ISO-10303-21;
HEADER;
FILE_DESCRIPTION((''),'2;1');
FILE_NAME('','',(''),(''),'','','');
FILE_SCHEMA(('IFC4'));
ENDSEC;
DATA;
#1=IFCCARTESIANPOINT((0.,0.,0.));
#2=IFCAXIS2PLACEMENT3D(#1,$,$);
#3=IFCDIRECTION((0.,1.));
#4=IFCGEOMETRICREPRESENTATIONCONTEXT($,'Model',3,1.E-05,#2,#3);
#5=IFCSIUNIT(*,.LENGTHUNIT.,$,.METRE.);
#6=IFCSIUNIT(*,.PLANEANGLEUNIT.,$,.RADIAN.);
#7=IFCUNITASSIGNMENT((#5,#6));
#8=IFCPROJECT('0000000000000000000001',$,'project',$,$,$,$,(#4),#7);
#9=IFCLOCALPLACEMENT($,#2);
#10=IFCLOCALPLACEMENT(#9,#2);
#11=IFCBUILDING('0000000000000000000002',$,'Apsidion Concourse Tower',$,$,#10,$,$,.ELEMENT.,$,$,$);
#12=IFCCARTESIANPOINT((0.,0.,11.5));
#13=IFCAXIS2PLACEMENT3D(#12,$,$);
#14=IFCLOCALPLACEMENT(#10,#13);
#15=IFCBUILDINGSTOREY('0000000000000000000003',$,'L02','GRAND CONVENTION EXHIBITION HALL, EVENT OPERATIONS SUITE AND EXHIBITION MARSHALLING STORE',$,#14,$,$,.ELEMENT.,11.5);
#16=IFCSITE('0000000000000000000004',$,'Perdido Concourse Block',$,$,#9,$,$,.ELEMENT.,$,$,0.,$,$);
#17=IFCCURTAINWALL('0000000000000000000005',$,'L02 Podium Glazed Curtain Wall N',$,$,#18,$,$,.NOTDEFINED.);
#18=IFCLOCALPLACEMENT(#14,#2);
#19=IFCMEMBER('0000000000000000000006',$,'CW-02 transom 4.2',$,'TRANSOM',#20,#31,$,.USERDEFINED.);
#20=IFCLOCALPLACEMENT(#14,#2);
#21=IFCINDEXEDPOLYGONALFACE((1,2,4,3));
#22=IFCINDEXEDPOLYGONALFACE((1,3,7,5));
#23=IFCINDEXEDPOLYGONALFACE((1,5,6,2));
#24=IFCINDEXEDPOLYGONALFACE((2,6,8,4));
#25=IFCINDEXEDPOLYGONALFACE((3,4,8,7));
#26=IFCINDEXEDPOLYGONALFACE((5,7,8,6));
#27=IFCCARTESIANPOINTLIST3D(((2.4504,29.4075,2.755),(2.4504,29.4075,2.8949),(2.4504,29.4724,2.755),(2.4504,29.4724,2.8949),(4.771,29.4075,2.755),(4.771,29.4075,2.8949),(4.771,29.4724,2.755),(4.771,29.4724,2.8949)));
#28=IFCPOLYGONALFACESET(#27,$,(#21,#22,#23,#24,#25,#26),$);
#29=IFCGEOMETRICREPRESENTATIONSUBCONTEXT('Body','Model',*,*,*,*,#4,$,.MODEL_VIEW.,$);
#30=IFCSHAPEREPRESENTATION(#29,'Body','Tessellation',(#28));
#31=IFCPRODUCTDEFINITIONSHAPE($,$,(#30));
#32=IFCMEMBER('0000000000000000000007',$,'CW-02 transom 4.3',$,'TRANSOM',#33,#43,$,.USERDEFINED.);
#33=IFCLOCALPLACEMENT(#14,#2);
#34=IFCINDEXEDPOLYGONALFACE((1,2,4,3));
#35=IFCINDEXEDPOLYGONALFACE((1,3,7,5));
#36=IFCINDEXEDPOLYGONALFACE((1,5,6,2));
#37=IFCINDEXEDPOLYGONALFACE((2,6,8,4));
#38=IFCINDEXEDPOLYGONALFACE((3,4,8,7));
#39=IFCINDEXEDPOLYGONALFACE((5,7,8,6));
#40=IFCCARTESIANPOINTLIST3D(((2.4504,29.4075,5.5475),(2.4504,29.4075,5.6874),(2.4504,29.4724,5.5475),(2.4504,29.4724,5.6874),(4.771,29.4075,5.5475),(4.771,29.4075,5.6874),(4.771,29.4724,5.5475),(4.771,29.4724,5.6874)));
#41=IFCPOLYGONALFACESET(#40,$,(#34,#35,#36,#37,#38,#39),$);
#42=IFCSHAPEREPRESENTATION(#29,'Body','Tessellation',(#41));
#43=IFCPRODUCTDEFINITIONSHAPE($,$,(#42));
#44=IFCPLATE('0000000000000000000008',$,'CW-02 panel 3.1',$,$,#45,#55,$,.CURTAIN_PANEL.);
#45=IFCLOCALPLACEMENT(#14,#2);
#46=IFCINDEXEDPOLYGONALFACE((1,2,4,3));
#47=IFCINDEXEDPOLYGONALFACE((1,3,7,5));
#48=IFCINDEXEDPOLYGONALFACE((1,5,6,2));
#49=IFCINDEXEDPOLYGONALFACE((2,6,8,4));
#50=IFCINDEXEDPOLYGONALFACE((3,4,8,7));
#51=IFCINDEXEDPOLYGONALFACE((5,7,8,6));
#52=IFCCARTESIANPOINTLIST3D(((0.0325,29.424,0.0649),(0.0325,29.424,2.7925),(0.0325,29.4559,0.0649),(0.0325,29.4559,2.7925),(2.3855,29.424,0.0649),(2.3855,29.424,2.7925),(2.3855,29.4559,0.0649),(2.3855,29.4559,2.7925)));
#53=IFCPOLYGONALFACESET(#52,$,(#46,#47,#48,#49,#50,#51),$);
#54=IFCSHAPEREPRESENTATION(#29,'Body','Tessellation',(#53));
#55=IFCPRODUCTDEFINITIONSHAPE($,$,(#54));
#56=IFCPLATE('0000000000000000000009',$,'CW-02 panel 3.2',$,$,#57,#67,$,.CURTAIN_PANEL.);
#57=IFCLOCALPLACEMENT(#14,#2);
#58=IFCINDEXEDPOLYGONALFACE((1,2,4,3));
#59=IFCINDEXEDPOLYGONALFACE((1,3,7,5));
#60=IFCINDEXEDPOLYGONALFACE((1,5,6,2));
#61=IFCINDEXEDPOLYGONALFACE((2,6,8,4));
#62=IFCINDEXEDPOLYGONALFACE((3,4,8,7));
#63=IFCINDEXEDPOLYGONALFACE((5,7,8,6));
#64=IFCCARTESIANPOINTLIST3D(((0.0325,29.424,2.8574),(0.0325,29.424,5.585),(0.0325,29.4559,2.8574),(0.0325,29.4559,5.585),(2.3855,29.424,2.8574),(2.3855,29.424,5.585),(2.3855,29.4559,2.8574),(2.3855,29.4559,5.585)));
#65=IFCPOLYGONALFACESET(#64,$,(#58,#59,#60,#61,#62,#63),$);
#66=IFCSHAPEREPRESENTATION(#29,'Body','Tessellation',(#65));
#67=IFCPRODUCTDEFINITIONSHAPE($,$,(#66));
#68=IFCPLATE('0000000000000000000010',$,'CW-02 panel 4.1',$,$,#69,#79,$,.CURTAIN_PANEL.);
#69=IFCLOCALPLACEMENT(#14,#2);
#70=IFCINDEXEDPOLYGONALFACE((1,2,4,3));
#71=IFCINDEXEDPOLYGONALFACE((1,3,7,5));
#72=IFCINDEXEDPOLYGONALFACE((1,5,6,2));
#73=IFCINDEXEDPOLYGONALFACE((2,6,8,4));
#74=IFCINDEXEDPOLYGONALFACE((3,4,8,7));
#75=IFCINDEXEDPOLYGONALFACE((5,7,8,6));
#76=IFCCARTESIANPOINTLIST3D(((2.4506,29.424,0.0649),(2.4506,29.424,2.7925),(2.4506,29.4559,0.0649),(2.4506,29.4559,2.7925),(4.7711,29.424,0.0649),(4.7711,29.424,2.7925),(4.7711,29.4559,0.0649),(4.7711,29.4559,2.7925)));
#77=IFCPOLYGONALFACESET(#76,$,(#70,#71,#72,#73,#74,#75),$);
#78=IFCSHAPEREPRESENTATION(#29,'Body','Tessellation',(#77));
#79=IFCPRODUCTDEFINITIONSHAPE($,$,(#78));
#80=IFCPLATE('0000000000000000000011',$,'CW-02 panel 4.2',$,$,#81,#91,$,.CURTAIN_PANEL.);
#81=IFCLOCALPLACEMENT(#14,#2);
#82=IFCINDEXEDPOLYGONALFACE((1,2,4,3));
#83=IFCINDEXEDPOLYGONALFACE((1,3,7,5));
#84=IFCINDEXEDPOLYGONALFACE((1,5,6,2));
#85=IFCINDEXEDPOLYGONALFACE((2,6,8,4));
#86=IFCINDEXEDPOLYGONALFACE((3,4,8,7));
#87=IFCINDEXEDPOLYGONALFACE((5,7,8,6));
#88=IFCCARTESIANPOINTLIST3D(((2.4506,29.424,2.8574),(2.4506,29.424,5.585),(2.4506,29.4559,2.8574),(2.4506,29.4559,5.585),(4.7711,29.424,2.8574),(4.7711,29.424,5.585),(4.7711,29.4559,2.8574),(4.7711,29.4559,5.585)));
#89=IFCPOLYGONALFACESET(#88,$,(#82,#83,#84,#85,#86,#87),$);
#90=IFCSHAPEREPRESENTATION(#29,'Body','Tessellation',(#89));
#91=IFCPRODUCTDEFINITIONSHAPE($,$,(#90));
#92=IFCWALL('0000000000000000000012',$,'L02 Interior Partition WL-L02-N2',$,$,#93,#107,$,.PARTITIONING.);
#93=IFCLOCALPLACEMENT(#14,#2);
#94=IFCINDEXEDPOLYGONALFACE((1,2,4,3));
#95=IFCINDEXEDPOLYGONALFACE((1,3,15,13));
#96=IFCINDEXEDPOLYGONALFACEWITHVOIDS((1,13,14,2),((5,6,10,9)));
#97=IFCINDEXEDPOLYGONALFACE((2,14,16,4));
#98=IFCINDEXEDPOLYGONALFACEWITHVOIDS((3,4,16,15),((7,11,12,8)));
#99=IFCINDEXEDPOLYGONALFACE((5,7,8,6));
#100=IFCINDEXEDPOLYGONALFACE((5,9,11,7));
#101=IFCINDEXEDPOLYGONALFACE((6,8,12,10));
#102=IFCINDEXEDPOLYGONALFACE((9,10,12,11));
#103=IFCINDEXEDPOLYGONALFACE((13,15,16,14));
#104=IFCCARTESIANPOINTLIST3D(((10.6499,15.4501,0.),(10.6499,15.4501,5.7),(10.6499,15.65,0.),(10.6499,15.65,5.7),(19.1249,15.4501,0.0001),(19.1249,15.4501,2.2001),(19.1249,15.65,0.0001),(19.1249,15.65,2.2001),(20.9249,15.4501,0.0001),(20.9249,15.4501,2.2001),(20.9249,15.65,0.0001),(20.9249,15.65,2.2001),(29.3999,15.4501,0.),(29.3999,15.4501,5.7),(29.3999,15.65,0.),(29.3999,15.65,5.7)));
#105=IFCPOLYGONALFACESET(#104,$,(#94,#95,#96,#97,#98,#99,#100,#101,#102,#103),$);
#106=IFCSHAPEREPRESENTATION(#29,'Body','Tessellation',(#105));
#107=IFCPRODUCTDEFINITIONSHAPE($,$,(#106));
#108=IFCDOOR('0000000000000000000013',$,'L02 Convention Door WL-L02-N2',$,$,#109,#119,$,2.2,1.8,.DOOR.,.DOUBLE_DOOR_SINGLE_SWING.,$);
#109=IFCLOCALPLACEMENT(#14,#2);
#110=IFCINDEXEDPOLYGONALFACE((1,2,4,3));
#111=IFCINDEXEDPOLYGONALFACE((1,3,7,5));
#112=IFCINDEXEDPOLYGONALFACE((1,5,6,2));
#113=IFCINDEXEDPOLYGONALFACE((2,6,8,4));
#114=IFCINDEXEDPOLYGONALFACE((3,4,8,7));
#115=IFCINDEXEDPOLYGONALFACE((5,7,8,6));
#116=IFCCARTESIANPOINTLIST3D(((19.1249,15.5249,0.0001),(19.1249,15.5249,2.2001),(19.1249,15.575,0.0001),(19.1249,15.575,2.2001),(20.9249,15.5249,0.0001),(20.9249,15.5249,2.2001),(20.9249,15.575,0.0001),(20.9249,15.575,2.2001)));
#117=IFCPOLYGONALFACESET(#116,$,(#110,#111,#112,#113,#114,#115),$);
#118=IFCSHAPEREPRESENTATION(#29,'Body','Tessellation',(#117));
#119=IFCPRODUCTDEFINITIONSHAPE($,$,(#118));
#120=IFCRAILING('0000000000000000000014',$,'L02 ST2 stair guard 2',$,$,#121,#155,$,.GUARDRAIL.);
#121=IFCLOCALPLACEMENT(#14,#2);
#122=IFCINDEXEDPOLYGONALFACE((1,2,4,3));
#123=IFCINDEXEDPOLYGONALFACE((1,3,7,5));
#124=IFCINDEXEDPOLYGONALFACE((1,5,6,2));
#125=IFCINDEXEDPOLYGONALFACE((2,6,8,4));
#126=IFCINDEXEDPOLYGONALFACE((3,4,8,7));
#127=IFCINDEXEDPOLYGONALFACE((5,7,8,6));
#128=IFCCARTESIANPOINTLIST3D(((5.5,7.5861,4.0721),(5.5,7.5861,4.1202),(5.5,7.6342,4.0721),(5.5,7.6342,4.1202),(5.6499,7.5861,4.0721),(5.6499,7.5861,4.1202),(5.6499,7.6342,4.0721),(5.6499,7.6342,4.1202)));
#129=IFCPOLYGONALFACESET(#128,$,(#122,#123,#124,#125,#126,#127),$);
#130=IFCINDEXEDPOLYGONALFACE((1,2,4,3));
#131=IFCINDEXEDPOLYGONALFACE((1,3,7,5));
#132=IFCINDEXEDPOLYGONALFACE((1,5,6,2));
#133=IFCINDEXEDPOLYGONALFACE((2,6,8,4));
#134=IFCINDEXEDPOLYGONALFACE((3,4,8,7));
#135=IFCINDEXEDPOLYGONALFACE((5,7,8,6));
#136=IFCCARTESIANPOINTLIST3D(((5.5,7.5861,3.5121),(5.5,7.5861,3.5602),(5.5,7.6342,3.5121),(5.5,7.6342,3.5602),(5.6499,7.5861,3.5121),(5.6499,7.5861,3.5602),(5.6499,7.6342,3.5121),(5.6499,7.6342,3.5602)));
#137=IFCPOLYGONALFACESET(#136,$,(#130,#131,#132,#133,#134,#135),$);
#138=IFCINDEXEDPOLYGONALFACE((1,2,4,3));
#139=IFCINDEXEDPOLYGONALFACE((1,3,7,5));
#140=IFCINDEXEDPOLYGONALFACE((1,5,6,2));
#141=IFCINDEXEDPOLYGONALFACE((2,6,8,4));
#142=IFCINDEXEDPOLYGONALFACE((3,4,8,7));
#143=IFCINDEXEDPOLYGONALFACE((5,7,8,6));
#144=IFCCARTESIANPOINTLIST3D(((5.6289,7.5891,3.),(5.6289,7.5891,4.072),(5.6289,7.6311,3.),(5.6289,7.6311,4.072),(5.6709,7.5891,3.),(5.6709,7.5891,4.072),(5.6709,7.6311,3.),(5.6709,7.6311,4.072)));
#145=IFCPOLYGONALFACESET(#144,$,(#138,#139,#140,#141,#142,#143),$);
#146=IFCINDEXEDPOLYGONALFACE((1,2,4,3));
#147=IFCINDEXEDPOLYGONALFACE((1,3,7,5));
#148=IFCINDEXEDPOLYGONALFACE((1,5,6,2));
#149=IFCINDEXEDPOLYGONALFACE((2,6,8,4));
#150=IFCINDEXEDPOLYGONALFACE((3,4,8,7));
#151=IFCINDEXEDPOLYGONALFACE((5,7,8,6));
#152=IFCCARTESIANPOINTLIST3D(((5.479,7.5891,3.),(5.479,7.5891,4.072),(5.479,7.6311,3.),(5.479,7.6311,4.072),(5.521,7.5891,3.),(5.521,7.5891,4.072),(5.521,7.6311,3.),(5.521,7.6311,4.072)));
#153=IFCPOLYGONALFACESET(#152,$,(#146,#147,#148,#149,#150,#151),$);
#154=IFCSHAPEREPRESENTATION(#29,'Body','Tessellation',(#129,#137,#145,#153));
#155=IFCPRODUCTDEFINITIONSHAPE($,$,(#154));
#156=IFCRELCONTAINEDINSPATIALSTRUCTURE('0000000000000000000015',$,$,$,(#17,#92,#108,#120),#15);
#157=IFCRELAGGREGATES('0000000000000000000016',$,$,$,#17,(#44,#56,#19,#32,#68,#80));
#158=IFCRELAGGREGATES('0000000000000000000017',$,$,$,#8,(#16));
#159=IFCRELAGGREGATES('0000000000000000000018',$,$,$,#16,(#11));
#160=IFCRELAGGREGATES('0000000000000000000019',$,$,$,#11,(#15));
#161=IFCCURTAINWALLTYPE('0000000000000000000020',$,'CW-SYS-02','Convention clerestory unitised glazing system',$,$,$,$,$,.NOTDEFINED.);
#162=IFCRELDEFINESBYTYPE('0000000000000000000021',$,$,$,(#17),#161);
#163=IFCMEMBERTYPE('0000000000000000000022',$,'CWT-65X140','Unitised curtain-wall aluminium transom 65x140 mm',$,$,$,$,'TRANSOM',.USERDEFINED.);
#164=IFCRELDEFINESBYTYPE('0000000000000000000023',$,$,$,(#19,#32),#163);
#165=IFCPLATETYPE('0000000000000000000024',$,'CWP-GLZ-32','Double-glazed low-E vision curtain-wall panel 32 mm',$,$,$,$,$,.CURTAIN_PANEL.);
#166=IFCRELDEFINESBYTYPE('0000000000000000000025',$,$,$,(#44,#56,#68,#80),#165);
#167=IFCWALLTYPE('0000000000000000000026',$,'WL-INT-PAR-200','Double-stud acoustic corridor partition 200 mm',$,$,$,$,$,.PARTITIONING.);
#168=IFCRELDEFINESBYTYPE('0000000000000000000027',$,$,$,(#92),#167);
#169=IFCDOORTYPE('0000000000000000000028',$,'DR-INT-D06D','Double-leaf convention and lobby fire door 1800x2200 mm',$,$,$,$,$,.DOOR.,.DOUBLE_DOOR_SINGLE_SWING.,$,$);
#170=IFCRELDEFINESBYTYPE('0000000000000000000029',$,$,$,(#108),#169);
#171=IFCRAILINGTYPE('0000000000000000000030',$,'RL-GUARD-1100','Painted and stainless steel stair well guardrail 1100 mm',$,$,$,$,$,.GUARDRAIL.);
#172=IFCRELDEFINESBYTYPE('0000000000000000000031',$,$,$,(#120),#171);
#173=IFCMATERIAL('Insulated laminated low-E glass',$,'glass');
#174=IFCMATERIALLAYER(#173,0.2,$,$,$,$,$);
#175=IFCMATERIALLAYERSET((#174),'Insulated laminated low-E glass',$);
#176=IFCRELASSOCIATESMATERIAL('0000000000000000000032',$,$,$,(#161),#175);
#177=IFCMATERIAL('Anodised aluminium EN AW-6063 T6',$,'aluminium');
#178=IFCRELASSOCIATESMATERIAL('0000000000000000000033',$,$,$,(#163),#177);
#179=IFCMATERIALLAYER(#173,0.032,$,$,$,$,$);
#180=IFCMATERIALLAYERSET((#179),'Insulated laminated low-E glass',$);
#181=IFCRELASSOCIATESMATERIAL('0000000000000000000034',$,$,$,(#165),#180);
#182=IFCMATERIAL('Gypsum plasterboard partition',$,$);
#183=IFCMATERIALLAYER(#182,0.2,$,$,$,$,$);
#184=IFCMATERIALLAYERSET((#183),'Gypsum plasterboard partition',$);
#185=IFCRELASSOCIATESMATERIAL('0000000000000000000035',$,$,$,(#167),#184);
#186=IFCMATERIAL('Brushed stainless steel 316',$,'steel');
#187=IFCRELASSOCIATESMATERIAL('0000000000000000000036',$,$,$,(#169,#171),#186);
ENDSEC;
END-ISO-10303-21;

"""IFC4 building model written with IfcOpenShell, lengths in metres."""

from ifc_helpers import new_model, si_unit, direction, frame, frame_2d, origin, origin_2d, place, context, subcontext, project, spatial, rectangle, extrude, material, layer, layer_set, material_profile, profile_set, type_object, element, fill, aggregate, save


model = new_model("IFC4")

# Units and contexts
model_context = context("Model", 3, precision=1e-05, world=origin(), true_north=direction((0.0, 1.0)))
body_context = subcontext(model_context, "Body", "Model", "MODEL_VIEW")
ifc_project = project(units=[si_unit("LENGTHUNIT", "METRE"), si_unit("PLANEANGLEUNIT", "RADIAN")], contexts=[model_context])

# Site, building, storey
site_placement = place(None, origin())
site = spatial("IfcSite", under=ifc_project, at=site_placement, Name="Perdido Concourse Block", CompositionType="ELEMENT", RefElevation=0.0)
building_placement = place(site_placement, origin())
building = spatial("IfcBuilding", under=site, at=building_placement, Name="Apsidion Concourse Tower", CompositionType="ELEMENT")
storey_placement = place(building_placement, frame((0.0, 0.0, 11.5)))
storey = spatial("IfcBuildingStorey", under=building, at=storey_placement, Name="L02", Description="GRAND CONVENTION EXHIBITION HALL, EVENT OPERATIONS SUITE AND EXHIBITION MARSHALLING STORE", CompositionType="ELEMENT", Elevation=11.5)

# Curtain wall, members, plates
ifc_material_1 = material(Name="Insulated laminated low-E glass", Category="glass")
ifc_layer_1 = layer(ifc_material_1, 0.2)
ifc_layer_set_1 = layer_set([ifc_layer_1], Name="Insulated laminated low-E glass")
curtain_wall_type = type_object("IfcCurtainWallType", Name="CW-SYS-02", Description="Convention clerestory unitised glazing system", PredefinedType="NOTDEFINED", material=ifc_layer_set_1)
curtain_wall_placement = place(storey_placement, origin())
curtain_wall = element("IfcCurtainWall", 1, at=curtain_wall_placement, inside=storey, type_object=curtain_wall_type, Name="L02 Podium Glazed Curtain Wall N", PredefinedType="NOTDEFINED")
ifc_material_2 = material(Name="Anodised aluminium EN AW-6063 T6", Category="aluminium")
ifc_material_profile_1 = material_profile(ifc_material_2, rectangle(XDim=0.0649, YDim=0.1399, at=origin_2d()), Name="ALU TRANSOM 65x140")
ifc_profile_set_1 = profile_set([ifc_material_profile_1], Name="Anodised aluminium EN AW-6063 T6")
member_type_1 = type_object("IfcMemberType", Name="CWT-65X140", Description="Unitised curtain-wall aluminium transom 65x140 mm", ElementType="TRANSOM", PredefinedType="USERDEFINED", material=ifc_profile_set_1)
member_1_placement = place(storey_placement, frame((2.4504, 29.4399, 2.825), z_axis=(1.0, 0.0, 0.0), x_axis=(0.0, 1.0, 0.0)))
member_1 = element("IfcMember", 2, at=member_1_placement, type_object=member_type_1, Name="CW-02 transom 4.2", ObjectType="TRANSOM", PredefinedType="USERDEFINED", context=body_context, shape_type="SweptSolid", body=[
    extrude(rectangle(XDim=0.0649, YDim=0.1399, at=origin_2d()), origin(), (0.0, 0.0, 1.0), 2.3206),
])
member_2_placement = place(storey_placement, frame((2.4504, 29.4399, 5.6174), z_axis=(1.0, 0.0, 0.0), x_axis=(0.0, 1.0, 0.0)))
member_2 = element("IfcMember", 3, at=member_2_placement, type_object=member_type_1, Name="CW-02 transom 4.3", ObjectType="TRANSOM", PredefinedType="USERDEFINED", context=body_context, shape_type="SweptSolid", body=[
    extrude(rectangle(XDim=0.0649, YDim=0.1399, at=origin_2d()), origin(), (0.0, 0.0, 1.0), 2.3206),
])
ifc_layer_2 = layer(ifc_material_1, 0.032)
ifc_layer_set_2 = layer_set([ifc_layer_2], Name="Insulated laminated low-E glass")
plate_type = type_object("IfcPlateType", Name="CWP-GLZ-32", Description="Double-glazed low-E vision curtain-wall panel 32 mm", PredefinedType="CURTAIN_PANEL", material=ifc_layer_set_2)
plate_1_placement = place(storey_placement, frame((1.209, 29.4399, 0.0649), z_axis=(0.0, 0.0, 1.0), x_axis=(1.0, 0.0, 0.0)))
plate_1 = element("IfcPlate", 4, at=plate_1_placement, type_object=plate_type, Name="CW-02 panel 3.1", PredefinedType="CURTAIN_PANEL", context=body_context, shape_type="SweptSolid", body=[
    extrude(rectangle(XDim=2.353, YDim=0.032, at=origin_2d()), origin(), (0.0, 0.0, 1.0), 2.7275),
])
plate_2_placement = place(storey_placement, frame((1.209, 29.4399, 2.8574), z_axis=(0.0, 0.0, 1.0), x_axis=(1.0, 0.0, 0.0)))
plate_2 = element("IfcPlate", 5, at=plate_2_placement, type_object=plate_type, Name="CW-02 panel 3.2", PredefinedType="CURTAIN_PANEL", context=body_context, shape_type="SweptSolid", body=[
    extrude(rectangle(XDim=2.353, YDim=0.032, at=origin_2d()), origin(), (0.0, 0.0, 1.0), 2.7275),
])
plate_3_placement = place(storey_placement, frame((3.6108, 29.4399, 0.0649), z_axis=(0.0, 0.0, 1.0), x_axis=(1.0, 0.0, 0.0)))
plate_3 = element("IfcPlate", 6, at=plate_3_placement, type_object=plate_type, Name="CW-02 panel 4.1", PredefinedType="CURTAIN_PANEL", context=body_context, shape_type="SweptSolid", body=[
    extrude(rectangle(XDim=2.3206, YDim=0.032, at=origin_2d()), origin(), (0.0, 0.0, 1.0), 2.7275),
])
plate_4_placement = place(storey_placement, frame((3.6108, 29.4399, 2.8574), z_axis=(0.0, 0.0, 1.0), x_axis=(1.0, 0.0, 0.0)))
plate_4 = element("IfcPlate", 7, at=plate_4_placement, type_object=plate_type, Name="CW-02 panel 4.2", PredefinedType="CURTAIN_PANEL", context=body_context, shape_type="SweptSolid", body=[
    extrude(rectangle(XDim=2.3206, YDim=0.032, at=origin_2d()), origin(), (0.0, 0.0, 1.0), 2.7275),
])
aggregate(curtain_wall, [plate_1, plate_2, member_1, member_2, plate_3, plate_4])

# Wall, opening, door
ifc_material_3 = material(Name="Gypsum plasterboard partition")
ifc_layer_3 = layer(ifc_material_3, 0.2)
ifc_layer_set_3 = layer_set([ifc_layer_3], Name="Gypsum plasterboard partition")
wall_type = type_object("IfcWallType", Name="WL-INT-PAR-200", Description="Double-stud acoustic corridor partition 200 mm", PredefinedType="PARTITIONING", material=ifc_layer_set_3)
wall_placement = place(storey_placement, frame((10.6499, 15.55, 0.0), z_axis=(0.0, 0.0, 1.0), x_axis=(1.0, 0.0, 0.0)))
wall = element("IfcWall", 8, at=wall_placement, inside=storey, type_object=wall_type, Name="L02 Interior Partition WL-L02-N2", PredefinedType="PARTITIONING", context=body_context, shape_type="SweptSolid", body=[
    extrude(rectangle(XDim=18.75, YDim=0.2, at=frame_2d((9.375, 0.0))), origin(), (0.0, 0.0, 1.0), 5.7),
])
opening_placement = place(wall_placement, frame((8.4751, 0.0, 0.0)))
opening = element("IfcOpeningElement", 9, at=opening_placement, cuts=wall, PredefinedType="OPENING", context=body_context, shape_type="SweptSolid", body=[
    extrude(rectangle(XDim=1.8, YDim=2.2, at=frame_2d((0.8999, 1.1001))), frame((0.0, 0.1099, 0.0), z_axis=(0.0, -1.0, 0.0), x_axis=(1.0, 0.0, 0.0)), (0.0, 0.0, 1.0), 0.22),
])
ifc_material_4 = material(Name="Brushed stainless steel 316", Category="steel")
door_type = type_object("IfcDoorType", Name="DR-INT-D06D", Description="Double-leaf convention and lobby fire door 1800x2200 mm", OperationType="DOUBLE_DOOR_SINGLE_SWING", PredefinedType="DOOR", material=ifc_material_4)
door_placement = place(opening_placement, origin())
door = element("IfcDoor", 10, at=door_placement, inside=storey, type_object=door_type, Name="L02 Convention Door WL-L02-N2", OperationType="DOUBLE_DOOR_SINGLE_SWING", OverallHeight=2.2, OverallWidth=1.8, PredefinedType="DOOR", context=body_context, shape_type="SweptSolid", body=[
    extrude(rectangle(XDim=1.8, YDim=2.2, at=frame_2d((0.8999, 1.1001))), frame((0.0, 0.0249, 0.0), z_axis=(0.0, -1.0, 0.0), x_axis=(1.0, 0.0, 0.0)), (0.0, 0.0, 1.0), 0.05),
])
fill(opening, door)

# Railing
railing_type = type_object("IfcRailingType", Name="RL-GUARD-1100", Description="Painted and stainless steel stair well guardrail 1100 mm", PredefinedType="GUARDRAIL", material=ifc_material_4)
railing_1_placement = place(storey_placement, frame((5.6499, 7.6101, 3.0)))
element("IfcRailing", 11, at=railing_1_placement, inside=storey, type_object=railing_type, Name="L02 ST2 stair guard 2", PredefinedType="GUARDRAIL", context=body_context, shape_type="SweptSolid", body=[
    extrude(rectangle(XDim=0.0481, YDim=0.0481, at=origin_2d()), frame((0.0, 0.0, 1.0962), z_axis=(-1.0, 0.0, 0.0), x_axis=(0.0, -1.0, 0.0)), (0.0, 0.0, 1.0), 0.1499),
    extrude(rectangle(XDim=0.0481, YDim=0.0481, at=origin_2d()), frame((0.0, 0.0, 0.5361), z_axis=(-1.0, 0.0, 0.0), x_axis=(0.0, -1.0, 0.0)), (0.0, 0.0, 1.0), 0.1499),
    extrude(rectangle(XDim=0.042, YDim=0.042, at=origin_2d()), origin(), (0.0, 0.0, 1.0), 1.072),
    extrude(rectangle(XDim=0.042, YDim=0.042, at=origin_2d()), frame((-0.1499, 0.0, 0.0)), (0.0, 0.0, 1.0), 1.072),
])

save(model, "model.ifc")
